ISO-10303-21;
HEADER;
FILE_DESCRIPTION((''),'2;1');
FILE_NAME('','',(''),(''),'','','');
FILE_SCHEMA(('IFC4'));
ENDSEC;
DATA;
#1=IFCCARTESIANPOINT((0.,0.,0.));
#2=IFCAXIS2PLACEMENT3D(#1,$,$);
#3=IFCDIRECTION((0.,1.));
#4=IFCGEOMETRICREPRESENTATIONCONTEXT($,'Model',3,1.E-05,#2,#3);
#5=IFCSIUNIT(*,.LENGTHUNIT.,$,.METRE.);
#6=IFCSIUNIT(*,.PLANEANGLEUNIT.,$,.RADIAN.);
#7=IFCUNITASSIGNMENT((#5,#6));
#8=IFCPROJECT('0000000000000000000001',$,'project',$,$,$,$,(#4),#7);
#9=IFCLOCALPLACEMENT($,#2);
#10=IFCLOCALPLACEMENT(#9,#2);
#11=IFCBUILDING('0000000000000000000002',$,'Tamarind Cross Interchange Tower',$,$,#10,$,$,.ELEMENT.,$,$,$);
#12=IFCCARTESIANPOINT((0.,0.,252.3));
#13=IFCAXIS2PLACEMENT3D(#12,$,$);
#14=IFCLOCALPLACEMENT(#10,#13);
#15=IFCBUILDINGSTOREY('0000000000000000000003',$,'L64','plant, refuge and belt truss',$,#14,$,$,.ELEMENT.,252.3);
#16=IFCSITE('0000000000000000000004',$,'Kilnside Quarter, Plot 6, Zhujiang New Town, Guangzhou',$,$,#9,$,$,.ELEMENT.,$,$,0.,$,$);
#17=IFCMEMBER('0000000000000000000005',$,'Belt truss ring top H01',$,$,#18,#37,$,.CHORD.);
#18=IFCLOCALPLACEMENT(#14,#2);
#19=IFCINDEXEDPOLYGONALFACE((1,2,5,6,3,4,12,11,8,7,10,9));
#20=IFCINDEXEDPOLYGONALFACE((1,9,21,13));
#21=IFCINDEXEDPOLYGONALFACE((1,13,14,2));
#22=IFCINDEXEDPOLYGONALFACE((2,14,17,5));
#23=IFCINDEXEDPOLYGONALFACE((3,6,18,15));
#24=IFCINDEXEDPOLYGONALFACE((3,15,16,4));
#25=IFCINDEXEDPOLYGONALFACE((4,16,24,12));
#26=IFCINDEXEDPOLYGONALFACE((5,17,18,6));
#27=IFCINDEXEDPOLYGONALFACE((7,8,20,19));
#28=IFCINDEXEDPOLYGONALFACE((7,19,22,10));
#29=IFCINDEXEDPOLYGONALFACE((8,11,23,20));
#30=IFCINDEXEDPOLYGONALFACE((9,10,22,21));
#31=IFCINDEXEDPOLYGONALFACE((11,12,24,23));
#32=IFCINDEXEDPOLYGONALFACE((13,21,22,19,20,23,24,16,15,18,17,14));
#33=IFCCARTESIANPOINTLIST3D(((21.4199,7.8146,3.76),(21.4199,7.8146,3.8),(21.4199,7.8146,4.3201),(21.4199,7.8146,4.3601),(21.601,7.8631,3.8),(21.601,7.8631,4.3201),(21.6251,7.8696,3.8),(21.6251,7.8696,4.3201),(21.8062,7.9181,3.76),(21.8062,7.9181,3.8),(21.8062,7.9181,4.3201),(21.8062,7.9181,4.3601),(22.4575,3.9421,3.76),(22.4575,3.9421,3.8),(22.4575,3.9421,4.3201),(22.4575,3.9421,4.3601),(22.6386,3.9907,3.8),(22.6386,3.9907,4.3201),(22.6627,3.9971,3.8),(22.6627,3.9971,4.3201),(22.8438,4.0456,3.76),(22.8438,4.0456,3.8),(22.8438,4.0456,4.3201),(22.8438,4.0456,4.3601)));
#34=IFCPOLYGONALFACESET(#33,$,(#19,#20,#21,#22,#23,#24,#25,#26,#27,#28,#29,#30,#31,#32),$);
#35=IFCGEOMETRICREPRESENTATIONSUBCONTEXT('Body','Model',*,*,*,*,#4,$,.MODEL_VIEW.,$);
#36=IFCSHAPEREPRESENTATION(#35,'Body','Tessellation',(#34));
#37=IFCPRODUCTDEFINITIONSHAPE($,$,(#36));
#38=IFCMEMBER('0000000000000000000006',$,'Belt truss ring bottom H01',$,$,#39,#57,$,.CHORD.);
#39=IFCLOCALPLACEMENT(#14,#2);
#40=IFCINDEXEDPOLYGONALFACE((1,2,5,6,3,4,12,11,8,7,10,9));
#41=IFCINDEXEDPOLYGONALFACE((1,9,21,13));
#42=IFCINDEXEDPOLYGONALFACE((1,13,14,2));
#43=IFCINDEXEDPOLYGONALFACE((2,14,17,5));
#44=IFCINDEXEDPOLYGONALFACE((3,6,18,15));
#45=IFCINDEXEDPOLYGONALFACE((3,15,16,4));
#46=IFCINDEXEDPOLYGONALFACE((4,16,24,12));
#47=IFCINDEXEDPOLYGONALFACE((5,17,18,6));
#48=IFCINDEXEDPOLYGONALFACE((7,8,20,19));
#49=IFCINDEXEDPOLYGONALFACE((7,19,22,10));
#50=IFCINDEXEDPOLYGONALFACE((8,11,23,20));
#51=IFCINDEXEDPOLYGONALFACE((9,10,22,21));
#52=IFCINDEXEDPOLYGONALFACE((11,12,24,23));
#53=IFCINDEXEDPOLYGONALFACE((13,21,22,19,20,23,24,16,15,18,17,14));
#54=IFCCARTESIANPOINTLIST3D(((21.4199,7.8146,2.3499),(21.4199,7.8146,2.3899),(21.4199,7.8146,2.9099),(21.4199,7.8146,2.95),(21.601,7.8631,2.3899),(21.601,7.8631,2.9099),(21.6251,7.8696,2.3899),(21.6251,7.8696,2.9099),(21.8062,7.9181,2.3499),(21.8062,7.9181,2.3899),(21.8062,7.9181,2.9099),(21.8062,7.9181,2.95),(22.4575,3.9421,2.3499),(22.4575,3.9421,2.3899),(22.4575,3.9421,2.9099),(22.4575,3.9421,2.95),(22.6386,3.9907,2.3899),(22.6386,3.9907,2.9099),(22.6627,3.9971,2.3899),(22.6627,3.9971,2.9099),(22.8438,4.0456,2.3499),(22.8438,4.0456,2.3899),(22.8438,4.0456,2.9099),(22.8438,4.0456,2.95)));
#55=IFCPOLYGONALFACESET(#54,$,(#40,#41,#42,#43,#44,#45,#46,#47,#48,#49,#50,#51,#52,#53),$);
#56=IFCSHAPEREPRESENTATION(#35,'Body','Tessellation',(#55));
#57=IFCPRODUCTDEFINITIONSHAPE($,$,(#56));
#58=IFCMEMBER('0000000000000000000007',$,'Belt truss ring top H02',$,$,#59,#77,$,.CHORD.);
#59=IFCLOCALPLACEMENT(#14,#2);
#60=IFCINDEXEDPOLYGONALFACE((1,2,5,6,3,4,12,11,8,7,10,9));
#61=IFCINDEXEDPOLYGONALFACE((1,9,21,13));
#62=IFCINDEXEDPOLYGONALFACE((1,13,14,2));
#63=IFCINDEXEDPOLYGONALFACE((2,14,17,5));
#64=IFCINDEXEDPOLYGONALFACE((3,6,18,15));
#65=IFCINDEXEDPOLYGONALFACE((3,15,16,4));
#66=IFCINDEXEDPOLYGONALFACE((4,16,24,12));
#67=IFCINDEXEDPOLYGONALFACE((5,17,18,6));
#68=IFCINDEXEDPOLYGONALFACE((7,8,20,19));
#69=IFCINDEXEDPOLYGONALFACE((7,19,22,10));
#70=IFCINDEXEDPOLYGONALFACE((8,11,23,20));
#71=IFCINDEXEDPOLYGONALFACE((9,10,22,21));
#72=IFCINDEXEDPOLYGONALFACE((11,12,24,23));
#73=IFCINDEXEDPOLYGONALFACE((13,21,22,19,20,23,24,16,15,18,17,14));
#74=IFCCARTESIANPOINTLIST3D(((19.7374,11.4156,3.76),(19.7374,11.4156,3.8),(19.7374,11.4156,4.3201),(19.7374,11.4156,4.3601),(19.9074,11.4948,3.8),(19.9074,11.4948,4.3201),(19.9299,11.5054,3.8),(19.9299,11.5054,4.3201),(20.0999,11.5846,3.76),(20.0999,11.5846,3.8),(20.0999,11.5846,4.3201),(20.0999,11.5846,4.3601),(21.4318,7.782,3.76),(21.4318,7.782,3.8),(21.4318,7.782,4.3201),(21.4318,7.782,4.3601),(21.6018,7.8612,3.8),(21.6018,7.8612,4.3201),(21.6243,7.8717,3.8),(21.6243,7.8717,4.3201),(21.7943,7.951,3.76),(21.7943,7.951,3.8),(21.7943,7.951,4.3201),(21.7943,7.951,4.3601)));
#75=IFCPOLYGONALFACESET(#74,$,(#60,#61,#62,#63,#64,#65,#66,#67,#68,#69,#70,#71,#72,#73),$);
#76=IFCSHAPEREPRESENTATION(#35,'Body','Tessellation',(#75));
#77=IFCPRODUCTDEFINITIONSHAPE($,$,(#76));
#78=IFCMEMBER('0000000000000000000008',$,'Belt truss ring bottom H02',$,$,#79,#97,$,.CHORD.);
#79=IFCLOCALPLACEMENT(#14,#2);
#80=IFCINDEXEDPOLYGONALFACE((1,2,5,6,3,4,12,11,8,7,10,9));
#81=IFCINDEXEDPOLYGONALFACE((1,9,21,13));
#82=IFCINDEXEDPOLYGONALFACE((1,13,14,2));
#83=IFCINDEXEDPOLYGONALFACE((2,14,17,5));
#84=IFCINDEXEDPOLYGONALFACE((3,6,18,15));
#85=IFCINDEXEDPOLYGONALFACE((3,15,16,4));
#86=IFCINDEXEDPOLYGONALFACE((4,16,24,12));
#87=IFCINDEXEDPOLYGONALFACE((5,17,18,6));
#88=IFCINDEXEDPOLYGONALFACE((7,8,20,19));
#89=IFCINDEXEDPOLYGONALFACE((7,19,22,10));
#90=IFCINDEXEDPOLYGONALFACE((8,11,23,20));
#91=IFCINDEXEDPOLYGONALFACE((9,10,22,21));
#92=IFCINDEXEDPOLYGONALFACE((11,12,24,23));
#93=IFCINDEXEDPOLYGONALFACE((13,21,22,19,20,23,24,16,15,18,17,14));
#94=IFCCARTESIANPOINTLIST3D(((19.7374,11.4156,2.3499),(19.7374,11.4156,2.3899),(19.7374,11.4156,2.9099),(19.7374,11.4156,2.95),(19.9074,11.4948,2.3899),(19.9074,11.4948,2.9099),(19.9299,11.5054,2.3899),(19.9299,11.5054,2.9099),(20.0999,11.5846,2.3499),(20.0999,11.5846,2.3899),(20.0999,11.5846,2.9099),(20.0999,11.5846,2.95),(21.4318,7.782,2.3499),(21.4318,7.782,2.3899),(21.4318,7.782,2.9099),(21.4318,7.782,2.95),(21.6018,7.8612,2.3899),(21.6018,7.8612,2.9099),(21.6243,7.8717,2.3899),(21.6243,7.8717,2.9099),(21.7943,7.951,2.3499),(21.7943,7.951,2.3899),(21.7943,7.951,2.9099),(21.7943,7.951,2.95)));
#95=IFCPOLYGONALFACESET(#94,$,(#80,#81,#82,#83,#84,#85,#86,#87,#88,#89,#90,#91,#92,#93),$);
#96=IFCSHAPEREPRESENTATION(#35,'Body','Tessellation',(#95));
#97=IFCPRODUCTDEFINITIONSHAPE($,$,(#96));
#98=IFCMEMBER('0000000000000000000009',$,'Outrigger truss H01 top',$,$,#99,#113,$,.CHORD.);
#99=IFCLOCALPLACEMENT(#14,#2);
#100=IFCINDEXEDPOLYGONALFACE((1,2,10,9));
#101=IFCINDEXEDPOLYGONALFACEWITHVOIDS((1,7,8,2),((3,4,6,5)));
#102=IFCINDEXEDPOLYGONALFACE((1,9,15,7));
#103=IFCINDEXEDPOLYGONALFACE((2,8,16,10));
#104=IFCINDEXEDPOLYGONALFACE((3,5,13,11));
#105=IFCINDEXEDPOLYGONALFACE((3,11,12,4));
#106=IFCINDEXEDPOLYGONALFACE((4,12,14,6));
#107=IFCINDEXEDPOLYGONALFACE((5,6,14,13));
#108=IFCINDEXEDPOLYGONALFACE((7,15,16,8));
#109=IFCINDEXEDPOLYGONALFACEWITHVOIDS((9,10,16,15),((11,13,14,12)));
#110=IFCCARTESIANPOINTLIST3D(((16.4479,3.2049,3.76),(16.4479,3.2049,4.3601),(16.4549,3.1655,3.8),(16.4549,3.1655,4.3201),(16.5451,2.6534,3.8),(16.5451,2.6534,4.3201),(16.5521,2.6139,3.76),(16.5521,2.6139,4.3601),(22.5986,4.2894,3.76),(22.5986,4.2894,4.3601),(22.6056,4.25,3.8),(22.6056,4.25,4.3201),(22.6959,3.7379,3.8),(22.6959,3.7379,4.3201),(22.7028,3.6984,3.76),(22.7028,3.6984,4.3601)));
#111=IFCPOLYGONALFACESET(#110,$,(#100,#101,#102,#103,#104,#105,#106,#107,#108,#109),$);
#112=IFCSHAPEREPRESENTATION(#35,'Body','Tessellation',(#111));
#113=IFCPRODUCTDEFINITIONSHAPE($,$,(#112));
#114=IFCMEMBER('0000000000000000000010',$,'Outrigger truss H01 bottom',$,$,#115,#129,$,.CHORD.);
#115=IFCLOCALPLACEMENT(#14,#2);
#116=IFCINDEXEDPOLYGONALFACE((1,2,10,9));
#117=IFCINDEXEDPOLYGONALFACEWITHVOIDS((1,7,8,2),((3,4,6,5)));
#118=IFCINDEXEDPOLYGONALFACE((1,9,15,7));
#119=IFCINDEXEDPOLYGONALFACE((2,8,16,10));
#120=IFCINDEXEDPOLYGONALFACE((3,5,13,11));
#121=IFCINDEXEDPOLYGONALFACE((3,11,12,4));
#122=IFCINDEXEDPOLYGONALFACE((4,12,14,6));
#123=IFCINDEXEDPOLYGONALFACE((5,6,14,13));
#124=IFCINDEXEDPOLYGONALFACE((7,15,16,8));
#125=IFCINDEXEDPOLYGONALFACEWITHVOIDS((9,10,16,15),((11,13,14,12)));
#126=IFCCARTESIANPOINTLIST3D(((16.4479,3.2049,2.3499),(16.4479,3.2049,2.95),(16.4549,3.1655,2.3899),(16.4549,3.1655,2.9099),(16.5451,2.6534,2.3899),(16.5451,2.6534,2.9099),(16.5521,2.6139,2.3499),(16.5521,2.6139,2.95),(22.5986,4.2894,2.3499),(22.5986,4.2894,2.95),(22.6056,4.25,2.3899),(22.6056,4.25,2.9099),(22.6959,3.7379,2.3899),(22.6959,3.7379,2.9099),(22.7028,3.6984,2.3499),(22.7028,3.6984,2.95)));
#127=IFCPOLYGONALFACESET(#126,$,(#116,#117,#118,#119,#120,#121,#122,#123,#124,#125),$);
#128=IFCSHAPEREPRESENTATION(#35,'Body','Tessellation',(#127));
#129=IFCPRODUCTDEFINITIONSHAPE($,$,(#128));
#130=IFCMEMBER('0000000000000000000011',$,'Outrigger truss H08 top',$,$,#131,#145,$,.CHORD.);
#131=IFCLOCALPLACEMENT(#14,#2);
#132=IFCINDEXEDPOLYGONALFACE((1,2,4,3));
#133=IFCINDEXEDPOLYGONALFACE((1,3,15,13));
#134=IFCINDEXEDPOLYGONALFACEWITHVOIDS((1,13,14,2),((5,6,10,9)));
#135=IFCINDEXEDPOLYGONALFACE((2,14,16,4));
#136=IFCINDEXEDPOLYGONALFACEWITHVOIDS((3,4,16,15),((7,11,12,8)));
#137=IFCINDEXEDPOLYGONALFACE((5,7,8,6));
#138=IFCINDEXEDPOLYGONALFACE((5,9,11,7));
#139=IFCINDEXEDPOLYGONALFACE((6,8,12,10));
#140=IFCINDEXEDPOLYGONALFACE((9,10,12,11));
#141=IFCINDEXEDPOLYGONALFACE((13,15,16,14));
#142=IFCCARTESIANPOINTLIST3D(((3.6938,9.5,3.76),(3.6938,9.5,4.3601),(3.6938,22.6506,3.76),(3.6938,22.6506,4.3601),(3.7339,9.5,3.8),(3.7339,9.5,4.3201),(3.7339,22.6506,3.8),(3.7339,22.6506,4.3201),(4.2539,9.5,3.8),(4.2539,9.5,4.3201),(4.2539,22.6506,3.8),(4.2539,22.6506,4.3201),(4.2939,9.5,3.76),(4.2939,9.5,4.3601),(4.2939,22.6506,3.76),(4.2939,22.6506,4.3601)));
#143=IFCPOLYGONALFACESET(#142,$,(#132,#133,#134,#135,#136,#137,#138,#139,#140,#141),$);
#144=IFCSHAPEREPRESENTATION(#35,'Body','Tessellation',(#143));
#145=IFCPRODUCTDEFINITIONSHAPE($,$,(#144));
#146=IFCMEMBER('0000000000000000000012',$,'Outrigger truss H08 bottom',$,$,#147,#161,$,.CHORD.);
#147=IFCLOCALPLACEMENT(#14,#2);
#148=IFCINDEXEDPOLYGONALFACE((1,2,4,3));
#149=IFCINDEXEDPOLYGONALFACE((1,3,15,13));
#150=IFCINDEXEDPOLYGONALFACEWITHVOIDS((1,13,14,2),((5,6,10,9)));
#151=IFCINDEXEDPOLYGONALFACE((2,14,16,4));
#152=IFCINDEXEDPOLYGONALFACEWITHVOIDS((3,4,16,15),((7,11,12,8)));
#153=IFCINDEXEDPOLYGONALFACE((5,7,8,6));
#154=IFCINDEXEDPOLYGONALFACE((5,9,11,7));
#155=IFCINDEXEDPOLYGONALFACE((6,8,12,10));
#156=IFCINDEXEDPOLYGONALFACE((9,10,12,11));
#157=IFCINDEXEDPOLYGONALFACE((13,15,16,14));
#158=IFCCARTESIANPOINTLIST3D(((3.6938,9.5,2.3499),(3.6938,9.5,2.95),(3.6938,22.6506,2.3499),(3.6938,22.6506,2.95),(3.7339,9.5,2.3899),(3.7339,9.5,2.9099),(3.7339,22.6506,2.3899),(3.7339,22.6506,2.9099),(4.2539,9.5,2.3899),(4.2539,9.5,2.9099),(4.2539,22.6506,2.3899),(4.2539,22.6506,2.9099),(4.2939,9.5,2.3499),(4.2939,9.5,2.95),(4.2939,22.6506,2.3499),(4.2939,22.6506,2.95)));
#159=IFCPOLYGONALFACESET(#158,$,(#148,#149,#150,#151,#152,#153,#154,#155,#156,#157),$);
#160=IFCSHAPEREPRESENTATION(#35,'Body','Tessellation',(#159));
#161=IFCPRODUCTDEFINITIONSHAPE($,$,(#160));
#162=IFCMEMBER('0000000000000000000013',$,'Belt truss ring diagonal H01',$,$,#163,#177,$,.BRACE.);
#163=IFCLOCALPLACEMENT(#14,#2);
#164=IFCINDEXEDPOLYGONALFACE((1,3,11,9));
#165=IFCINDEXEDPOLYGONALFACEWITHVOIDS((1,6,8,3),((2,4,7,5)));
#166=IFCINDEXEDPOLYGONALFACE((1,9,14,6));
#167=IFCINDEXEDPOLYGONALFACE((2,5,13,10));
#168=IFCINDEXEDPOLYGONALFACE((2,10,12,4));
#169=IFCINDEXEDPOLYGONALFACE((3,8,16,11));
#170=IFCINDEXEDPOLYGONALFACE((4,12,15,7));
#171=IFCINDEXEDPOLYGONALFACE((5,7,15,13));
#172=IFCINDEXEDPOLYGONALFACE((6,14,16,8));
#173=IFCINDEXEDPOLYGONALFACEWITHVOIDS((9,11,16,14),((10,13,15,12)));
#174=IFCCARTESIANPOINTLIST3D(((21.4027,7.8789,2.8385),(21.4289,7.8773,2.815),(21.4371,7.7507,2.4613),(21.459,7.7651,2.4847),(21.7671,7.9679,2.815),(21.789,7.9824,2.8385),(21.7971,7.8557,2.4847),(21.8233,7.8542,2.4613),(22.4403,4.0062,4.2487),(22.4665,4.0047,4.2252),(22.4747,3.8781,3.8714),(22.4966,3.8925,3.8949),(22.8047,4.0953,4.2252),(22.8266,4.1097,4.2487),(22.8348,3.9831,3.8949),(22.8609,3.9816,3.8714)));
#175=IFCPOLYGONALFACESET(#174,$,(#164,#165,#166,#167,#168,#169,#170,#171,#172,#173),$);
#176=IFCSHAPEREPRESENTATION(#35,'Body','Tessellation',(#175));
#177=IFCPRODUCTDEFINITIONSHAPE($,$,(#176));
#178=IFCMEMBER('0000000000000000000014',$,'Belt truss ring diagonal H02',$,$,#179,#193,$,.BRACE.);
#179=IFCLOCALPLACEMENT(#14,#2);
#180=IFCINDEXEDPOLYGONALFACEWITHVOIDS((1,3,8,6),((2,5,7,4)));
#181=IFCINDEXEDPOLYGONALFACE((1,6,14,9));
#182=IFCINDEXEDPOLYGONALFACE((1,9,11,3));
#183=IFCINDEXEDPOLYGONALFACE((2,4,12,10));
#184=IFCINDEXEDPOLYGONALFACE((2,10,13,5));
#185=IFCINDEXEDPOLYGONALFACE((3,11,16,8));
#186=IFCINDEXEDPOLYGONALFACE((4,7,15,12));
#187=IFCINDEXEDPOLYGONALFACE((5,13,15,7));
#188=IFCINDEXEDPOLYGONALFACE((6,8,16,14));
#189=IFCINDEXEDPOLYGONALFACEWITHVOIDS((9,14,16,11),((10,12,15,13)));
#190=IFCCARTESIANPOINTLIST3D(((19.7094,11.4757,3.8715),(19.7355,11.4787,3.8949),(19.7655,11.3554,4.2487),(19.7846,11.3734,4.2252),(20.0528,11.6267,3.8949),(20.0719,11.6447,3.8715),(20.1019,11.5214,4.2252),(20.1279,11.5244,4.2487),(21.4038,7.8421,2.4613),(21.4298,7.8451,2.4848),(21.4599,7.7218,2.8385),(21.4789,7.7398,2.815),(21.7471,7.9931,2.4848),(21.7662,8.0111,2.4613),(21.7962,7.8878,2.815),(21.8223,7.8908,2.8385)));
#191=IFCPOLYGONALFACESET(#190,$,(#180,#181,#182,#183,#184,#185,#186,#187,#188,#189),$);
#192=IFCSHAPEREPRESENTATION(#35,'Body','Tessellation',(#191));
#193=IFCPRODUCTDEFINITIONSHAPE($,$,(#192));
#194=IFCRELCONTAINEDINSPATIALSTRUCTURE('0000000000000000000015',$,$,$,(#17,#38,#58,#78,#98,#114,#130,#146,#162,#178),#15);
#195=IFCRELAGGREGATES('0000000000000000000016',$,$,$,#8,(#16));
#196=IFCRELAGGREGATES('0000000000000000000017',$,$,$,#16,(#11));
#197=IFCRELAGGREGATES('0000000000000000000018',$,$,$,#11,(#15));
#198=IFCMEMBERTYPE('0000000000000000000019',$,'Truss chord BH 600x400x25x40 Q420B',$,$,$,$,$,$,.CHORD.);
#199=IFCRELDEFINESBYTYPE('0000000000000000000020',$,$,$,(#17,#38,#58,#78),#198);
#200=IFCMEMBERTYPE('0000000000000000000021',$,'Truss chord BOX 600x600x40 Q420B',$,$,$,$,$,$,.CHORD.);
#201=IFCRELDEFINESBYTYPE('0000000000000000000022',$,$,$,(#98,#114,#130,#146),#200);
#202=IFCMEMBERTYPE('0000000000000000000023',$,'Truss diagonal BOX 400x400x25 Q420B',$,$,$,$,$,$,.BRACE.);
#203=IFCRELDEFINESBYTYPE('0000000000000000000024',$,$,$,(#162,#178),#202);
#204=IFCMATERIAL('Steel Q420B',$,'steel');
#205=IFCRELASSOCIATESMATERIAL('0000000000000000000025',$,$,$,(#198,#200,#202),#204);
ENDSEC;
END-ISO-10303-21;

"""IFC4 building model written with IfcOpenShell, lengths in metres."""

from ifc_helpers import new_model, si_unit, direction, frame, origin, origin_2d, place, context, subcontext, project, spatial, hollow_rectangle, i_section, extrude, material, material_profile, profile_set, type_object, element, save


model = new_model("IFC4")

# Units and contexts
model_context = context("Model", 3, precision=1e-05, world=origin(), true_north=direction((0.0, 1.0)))
body_context = subcontext(model_context, "Body", "Model", "MODEL_VIEW")
ifc_project = project(units=[si_unit("LENGTHUNIT", "METRE"), si_unit("PLANEANGLEUNIT", "RADIAN")], contexts=[model_context])

# Site, building, storey
site_placement = place(None, origin())
site = spatial("IfcSite", under=ifc_project, at=site_placement, Name="Kilnside Quarter, Plot 6, Zhujiang New Town, Guangzhou", CompositionType="ELEMENT", RefElevation=0.0)
building_placement = place(site_placement, origin())
building = spatial("IfcBuilding", under=site, at=building_placement, Name="Tamarind Cross Interchange Tower", CompositionType="ELEMENT")
storey_placement = place(building_placement, frame((0.0, 0.0, 252.3)))
storey = spatial("IfcBuildingStorey", under=building, at=storey_placement, Name="L64", Description="plant, refuge and belt truss", CompositionType="ELEMENT", Elevation=252.3)

# Members
ifc_material_1 = material(Name="Steel Q420B", Category="steel")
ifc_material_profile_1 = material_profile(ifc_material_1, i_section(OverallWidth=0.3999, OverallDepth=0.6001, WebThickness=0.0249, FlangeThickness=0.04, at=origin_2d()), Name="BH 600x400x25x40")
ifc_profile_set_1 = profile_set([ifc_material_profile_1], Name="Steel Q420B")
member_type_1 = type_object("IfcMemberType", Name="Truss chord BH 600x400x25x40 Q420B", PredefinedType="CHORD", material=ifc_profile_set_1)
for number, where, z_axis, x_axis, name in (
    (1, (22.6506, 3.9939, 4.0601), (-0.258807, 0.965929, 0.0), (-0.965929, -0.258807, 0.0), "Belt truss ring top H01"),
    (2, (22.6506, 3.9939, 2.6499), (-0.258807, 0.965929, 0.0), (-0.965929, -0.258807, 0.0), "Belt truss ring bottom H01"),
):
    element("IfcMember", number, at=place(storey_placement, frame(where, z_axis=z_axis, x_axis=x_axis)), inside=storey, type_object=member_type_1, Name=name, PredefinedType="CHORD", context=body_context, shape_type="SweptSolid", body=[
        extrude(i_section(OverallWidth=0.3999, OverallDepth=0.6001, WebThickness=0.0249, FlangeThickness=0.04, at=origin_2d()), origin(), (0.0, 0.0, 1.0), 4.009),
    ])
for number, where, z_axis, x_axis, name in (
    (3, (21.613, 7.8665, 4.0601), (-0.422615, 0.906309, 0.0), (-0.906309, -0.422615, 0.0), "Belt truss ring top H02"),
    (4, (21.613, 7.8665, 2.6499), (-0.422615, 0.906309, 0.0), (-0.906309, -0.422615, 0.0), "Belt truss ring bottom H02"),
):
    element("IfcMember", number, at=place(storey_placement, frame(where, z_axis=z_axis, x_axis=x_axis)), inside=storey, type_object=member_type_1, Name=name, PredefinedType="CHORD", context=body_context, shape_type="SweptSolid", body=[
        extrude(i_section(OverallWidth=0.3999, OverallDepth=0.6001, WebThickness=0.0249, FlangeThickness=0.04, at=origin_2d()), origin(), (0.0, 0.0, 1.0), 4.0093),
    ])
ifc_material_profile_2 = material_profile(ifc_material_1, hollow_rectangle(XDim=0.6001, YDim=0.6001, WallThickness=0.04, at=origin_2d()), Name="BOX 600x600x40")
ifc_profile_set_2 = profile_set([ifc_material_profile_2], Name="Steel Q420B")
member_type_2 = type_object("IfcMemberType", Name="Truss chord BOX 600x600x40 Q420B", PredefinedType="CHORD", material=ifc_profile_set_2)
for number, where, z_axis, x_axis, name in (
    (5, (16.5, 2.9094, 4.0601), (0.984809, 0.17364, 0.0), (-0.17364, 0.984809, 0.0), "Outrigger truss H01 top"),
    (6, (16.5, 2.9094, 2.6499), (0.984809, 0.17364, 0.0), (-0.17364, 0.984809, 0.0), "Outrigger truss H01 bottom"),
):
    element("IfcMember", number, at=place(storey_placement, frame(where, z_axis=z_axis, x_axis=x_axis)), inside=storey, type_object=member_type_2, Name=name, PredefinedType="CHORD", context=body_context, shape_type="SweptSolid", body=[
        extrude(hollow_rectangle(XDim=0.6001, YDim=0.6001, WallThickness=0.04, at=origin_2d()), origin(), (0.0, 0.0, 1.0), 6.2456),
    ])
for number, where, z_axis, x_axis, name in (
    (7, (3.9939, 9.5, 4.0601), (0.0, 1.0, 0.0), (-1.0, 0.0, 0.0), "Outrigger truss H08 top"),
    (8, (3.9939, 9.5, 2.6499), (0.0, 1.0, 0.0), (-1.0, 0.0, 0.0), "Outrigger truss H08 bottom"),
):
    element("IfcMember", number, at=place(storey_placement, frame(where, z_axis=z_axis, x_axis=x_axis)), inside=storey, type_object=member_type_2, Name=name, PredefinedType="CHORD", context=body_context, shape_type="SweptSolid", body=[
        extrude(hollow_rectangle(XDim=0.6001, YDim=0.6001, WallThickness=0.04, at=origin_2d()), origin(), (0.0, 0.0, 1.0), 13.1506),
    ])
ifc_material_profile_3 = material_profile(ifc_material_1, hollow_rectangle(XDim=0.3999, YDim=0.3999, WallThickness=0.0249, at=origin_2d()), Name="BOX 400x400x25")
ifc_profile_set_3 = profile_set([ifc_material_profile_3], Name="Steel Q420B")
member_type_3 = type_object("IfcMemberType", Name="Truss diagonal BOX 400x400x25 Q420B", PredefinedType="BRACE", material=ifc_profile_set_3)
for number, where, z_axis, x_axis, name in (
    (9, (22.6506, 3.9939, 4.0601), (-0.244145, 0.911206, -0.331807), (-0.965929, -0.258807, 0.0), "Belt truss ring diagonal H01"),
    (10, (21.613, 7.8665, 2.6499), (-0.398673, 0.854964, 0.331806), (-0.906309, -0.422615, 0.0), "Belt truss ring diagonal H02"),
):
    element("IfcMember", number, at=place(storey_placement, frame(where, z_axis=z_axis, x_axis=x_axis)), inside=storey, type_object=member_type_3, Name=name, PredefinedType="BRACE", context=body_context, shape_type="SweptSolid", body=[
        extrude(hollow_rectangle(XDim=0.3999, YDim=0.3999, WallThickness=0.0249, at=origin_2d()), origin(), (0.0, 0.0, 1.0), 4.25),
    ])

save(model, "model.ifc")
